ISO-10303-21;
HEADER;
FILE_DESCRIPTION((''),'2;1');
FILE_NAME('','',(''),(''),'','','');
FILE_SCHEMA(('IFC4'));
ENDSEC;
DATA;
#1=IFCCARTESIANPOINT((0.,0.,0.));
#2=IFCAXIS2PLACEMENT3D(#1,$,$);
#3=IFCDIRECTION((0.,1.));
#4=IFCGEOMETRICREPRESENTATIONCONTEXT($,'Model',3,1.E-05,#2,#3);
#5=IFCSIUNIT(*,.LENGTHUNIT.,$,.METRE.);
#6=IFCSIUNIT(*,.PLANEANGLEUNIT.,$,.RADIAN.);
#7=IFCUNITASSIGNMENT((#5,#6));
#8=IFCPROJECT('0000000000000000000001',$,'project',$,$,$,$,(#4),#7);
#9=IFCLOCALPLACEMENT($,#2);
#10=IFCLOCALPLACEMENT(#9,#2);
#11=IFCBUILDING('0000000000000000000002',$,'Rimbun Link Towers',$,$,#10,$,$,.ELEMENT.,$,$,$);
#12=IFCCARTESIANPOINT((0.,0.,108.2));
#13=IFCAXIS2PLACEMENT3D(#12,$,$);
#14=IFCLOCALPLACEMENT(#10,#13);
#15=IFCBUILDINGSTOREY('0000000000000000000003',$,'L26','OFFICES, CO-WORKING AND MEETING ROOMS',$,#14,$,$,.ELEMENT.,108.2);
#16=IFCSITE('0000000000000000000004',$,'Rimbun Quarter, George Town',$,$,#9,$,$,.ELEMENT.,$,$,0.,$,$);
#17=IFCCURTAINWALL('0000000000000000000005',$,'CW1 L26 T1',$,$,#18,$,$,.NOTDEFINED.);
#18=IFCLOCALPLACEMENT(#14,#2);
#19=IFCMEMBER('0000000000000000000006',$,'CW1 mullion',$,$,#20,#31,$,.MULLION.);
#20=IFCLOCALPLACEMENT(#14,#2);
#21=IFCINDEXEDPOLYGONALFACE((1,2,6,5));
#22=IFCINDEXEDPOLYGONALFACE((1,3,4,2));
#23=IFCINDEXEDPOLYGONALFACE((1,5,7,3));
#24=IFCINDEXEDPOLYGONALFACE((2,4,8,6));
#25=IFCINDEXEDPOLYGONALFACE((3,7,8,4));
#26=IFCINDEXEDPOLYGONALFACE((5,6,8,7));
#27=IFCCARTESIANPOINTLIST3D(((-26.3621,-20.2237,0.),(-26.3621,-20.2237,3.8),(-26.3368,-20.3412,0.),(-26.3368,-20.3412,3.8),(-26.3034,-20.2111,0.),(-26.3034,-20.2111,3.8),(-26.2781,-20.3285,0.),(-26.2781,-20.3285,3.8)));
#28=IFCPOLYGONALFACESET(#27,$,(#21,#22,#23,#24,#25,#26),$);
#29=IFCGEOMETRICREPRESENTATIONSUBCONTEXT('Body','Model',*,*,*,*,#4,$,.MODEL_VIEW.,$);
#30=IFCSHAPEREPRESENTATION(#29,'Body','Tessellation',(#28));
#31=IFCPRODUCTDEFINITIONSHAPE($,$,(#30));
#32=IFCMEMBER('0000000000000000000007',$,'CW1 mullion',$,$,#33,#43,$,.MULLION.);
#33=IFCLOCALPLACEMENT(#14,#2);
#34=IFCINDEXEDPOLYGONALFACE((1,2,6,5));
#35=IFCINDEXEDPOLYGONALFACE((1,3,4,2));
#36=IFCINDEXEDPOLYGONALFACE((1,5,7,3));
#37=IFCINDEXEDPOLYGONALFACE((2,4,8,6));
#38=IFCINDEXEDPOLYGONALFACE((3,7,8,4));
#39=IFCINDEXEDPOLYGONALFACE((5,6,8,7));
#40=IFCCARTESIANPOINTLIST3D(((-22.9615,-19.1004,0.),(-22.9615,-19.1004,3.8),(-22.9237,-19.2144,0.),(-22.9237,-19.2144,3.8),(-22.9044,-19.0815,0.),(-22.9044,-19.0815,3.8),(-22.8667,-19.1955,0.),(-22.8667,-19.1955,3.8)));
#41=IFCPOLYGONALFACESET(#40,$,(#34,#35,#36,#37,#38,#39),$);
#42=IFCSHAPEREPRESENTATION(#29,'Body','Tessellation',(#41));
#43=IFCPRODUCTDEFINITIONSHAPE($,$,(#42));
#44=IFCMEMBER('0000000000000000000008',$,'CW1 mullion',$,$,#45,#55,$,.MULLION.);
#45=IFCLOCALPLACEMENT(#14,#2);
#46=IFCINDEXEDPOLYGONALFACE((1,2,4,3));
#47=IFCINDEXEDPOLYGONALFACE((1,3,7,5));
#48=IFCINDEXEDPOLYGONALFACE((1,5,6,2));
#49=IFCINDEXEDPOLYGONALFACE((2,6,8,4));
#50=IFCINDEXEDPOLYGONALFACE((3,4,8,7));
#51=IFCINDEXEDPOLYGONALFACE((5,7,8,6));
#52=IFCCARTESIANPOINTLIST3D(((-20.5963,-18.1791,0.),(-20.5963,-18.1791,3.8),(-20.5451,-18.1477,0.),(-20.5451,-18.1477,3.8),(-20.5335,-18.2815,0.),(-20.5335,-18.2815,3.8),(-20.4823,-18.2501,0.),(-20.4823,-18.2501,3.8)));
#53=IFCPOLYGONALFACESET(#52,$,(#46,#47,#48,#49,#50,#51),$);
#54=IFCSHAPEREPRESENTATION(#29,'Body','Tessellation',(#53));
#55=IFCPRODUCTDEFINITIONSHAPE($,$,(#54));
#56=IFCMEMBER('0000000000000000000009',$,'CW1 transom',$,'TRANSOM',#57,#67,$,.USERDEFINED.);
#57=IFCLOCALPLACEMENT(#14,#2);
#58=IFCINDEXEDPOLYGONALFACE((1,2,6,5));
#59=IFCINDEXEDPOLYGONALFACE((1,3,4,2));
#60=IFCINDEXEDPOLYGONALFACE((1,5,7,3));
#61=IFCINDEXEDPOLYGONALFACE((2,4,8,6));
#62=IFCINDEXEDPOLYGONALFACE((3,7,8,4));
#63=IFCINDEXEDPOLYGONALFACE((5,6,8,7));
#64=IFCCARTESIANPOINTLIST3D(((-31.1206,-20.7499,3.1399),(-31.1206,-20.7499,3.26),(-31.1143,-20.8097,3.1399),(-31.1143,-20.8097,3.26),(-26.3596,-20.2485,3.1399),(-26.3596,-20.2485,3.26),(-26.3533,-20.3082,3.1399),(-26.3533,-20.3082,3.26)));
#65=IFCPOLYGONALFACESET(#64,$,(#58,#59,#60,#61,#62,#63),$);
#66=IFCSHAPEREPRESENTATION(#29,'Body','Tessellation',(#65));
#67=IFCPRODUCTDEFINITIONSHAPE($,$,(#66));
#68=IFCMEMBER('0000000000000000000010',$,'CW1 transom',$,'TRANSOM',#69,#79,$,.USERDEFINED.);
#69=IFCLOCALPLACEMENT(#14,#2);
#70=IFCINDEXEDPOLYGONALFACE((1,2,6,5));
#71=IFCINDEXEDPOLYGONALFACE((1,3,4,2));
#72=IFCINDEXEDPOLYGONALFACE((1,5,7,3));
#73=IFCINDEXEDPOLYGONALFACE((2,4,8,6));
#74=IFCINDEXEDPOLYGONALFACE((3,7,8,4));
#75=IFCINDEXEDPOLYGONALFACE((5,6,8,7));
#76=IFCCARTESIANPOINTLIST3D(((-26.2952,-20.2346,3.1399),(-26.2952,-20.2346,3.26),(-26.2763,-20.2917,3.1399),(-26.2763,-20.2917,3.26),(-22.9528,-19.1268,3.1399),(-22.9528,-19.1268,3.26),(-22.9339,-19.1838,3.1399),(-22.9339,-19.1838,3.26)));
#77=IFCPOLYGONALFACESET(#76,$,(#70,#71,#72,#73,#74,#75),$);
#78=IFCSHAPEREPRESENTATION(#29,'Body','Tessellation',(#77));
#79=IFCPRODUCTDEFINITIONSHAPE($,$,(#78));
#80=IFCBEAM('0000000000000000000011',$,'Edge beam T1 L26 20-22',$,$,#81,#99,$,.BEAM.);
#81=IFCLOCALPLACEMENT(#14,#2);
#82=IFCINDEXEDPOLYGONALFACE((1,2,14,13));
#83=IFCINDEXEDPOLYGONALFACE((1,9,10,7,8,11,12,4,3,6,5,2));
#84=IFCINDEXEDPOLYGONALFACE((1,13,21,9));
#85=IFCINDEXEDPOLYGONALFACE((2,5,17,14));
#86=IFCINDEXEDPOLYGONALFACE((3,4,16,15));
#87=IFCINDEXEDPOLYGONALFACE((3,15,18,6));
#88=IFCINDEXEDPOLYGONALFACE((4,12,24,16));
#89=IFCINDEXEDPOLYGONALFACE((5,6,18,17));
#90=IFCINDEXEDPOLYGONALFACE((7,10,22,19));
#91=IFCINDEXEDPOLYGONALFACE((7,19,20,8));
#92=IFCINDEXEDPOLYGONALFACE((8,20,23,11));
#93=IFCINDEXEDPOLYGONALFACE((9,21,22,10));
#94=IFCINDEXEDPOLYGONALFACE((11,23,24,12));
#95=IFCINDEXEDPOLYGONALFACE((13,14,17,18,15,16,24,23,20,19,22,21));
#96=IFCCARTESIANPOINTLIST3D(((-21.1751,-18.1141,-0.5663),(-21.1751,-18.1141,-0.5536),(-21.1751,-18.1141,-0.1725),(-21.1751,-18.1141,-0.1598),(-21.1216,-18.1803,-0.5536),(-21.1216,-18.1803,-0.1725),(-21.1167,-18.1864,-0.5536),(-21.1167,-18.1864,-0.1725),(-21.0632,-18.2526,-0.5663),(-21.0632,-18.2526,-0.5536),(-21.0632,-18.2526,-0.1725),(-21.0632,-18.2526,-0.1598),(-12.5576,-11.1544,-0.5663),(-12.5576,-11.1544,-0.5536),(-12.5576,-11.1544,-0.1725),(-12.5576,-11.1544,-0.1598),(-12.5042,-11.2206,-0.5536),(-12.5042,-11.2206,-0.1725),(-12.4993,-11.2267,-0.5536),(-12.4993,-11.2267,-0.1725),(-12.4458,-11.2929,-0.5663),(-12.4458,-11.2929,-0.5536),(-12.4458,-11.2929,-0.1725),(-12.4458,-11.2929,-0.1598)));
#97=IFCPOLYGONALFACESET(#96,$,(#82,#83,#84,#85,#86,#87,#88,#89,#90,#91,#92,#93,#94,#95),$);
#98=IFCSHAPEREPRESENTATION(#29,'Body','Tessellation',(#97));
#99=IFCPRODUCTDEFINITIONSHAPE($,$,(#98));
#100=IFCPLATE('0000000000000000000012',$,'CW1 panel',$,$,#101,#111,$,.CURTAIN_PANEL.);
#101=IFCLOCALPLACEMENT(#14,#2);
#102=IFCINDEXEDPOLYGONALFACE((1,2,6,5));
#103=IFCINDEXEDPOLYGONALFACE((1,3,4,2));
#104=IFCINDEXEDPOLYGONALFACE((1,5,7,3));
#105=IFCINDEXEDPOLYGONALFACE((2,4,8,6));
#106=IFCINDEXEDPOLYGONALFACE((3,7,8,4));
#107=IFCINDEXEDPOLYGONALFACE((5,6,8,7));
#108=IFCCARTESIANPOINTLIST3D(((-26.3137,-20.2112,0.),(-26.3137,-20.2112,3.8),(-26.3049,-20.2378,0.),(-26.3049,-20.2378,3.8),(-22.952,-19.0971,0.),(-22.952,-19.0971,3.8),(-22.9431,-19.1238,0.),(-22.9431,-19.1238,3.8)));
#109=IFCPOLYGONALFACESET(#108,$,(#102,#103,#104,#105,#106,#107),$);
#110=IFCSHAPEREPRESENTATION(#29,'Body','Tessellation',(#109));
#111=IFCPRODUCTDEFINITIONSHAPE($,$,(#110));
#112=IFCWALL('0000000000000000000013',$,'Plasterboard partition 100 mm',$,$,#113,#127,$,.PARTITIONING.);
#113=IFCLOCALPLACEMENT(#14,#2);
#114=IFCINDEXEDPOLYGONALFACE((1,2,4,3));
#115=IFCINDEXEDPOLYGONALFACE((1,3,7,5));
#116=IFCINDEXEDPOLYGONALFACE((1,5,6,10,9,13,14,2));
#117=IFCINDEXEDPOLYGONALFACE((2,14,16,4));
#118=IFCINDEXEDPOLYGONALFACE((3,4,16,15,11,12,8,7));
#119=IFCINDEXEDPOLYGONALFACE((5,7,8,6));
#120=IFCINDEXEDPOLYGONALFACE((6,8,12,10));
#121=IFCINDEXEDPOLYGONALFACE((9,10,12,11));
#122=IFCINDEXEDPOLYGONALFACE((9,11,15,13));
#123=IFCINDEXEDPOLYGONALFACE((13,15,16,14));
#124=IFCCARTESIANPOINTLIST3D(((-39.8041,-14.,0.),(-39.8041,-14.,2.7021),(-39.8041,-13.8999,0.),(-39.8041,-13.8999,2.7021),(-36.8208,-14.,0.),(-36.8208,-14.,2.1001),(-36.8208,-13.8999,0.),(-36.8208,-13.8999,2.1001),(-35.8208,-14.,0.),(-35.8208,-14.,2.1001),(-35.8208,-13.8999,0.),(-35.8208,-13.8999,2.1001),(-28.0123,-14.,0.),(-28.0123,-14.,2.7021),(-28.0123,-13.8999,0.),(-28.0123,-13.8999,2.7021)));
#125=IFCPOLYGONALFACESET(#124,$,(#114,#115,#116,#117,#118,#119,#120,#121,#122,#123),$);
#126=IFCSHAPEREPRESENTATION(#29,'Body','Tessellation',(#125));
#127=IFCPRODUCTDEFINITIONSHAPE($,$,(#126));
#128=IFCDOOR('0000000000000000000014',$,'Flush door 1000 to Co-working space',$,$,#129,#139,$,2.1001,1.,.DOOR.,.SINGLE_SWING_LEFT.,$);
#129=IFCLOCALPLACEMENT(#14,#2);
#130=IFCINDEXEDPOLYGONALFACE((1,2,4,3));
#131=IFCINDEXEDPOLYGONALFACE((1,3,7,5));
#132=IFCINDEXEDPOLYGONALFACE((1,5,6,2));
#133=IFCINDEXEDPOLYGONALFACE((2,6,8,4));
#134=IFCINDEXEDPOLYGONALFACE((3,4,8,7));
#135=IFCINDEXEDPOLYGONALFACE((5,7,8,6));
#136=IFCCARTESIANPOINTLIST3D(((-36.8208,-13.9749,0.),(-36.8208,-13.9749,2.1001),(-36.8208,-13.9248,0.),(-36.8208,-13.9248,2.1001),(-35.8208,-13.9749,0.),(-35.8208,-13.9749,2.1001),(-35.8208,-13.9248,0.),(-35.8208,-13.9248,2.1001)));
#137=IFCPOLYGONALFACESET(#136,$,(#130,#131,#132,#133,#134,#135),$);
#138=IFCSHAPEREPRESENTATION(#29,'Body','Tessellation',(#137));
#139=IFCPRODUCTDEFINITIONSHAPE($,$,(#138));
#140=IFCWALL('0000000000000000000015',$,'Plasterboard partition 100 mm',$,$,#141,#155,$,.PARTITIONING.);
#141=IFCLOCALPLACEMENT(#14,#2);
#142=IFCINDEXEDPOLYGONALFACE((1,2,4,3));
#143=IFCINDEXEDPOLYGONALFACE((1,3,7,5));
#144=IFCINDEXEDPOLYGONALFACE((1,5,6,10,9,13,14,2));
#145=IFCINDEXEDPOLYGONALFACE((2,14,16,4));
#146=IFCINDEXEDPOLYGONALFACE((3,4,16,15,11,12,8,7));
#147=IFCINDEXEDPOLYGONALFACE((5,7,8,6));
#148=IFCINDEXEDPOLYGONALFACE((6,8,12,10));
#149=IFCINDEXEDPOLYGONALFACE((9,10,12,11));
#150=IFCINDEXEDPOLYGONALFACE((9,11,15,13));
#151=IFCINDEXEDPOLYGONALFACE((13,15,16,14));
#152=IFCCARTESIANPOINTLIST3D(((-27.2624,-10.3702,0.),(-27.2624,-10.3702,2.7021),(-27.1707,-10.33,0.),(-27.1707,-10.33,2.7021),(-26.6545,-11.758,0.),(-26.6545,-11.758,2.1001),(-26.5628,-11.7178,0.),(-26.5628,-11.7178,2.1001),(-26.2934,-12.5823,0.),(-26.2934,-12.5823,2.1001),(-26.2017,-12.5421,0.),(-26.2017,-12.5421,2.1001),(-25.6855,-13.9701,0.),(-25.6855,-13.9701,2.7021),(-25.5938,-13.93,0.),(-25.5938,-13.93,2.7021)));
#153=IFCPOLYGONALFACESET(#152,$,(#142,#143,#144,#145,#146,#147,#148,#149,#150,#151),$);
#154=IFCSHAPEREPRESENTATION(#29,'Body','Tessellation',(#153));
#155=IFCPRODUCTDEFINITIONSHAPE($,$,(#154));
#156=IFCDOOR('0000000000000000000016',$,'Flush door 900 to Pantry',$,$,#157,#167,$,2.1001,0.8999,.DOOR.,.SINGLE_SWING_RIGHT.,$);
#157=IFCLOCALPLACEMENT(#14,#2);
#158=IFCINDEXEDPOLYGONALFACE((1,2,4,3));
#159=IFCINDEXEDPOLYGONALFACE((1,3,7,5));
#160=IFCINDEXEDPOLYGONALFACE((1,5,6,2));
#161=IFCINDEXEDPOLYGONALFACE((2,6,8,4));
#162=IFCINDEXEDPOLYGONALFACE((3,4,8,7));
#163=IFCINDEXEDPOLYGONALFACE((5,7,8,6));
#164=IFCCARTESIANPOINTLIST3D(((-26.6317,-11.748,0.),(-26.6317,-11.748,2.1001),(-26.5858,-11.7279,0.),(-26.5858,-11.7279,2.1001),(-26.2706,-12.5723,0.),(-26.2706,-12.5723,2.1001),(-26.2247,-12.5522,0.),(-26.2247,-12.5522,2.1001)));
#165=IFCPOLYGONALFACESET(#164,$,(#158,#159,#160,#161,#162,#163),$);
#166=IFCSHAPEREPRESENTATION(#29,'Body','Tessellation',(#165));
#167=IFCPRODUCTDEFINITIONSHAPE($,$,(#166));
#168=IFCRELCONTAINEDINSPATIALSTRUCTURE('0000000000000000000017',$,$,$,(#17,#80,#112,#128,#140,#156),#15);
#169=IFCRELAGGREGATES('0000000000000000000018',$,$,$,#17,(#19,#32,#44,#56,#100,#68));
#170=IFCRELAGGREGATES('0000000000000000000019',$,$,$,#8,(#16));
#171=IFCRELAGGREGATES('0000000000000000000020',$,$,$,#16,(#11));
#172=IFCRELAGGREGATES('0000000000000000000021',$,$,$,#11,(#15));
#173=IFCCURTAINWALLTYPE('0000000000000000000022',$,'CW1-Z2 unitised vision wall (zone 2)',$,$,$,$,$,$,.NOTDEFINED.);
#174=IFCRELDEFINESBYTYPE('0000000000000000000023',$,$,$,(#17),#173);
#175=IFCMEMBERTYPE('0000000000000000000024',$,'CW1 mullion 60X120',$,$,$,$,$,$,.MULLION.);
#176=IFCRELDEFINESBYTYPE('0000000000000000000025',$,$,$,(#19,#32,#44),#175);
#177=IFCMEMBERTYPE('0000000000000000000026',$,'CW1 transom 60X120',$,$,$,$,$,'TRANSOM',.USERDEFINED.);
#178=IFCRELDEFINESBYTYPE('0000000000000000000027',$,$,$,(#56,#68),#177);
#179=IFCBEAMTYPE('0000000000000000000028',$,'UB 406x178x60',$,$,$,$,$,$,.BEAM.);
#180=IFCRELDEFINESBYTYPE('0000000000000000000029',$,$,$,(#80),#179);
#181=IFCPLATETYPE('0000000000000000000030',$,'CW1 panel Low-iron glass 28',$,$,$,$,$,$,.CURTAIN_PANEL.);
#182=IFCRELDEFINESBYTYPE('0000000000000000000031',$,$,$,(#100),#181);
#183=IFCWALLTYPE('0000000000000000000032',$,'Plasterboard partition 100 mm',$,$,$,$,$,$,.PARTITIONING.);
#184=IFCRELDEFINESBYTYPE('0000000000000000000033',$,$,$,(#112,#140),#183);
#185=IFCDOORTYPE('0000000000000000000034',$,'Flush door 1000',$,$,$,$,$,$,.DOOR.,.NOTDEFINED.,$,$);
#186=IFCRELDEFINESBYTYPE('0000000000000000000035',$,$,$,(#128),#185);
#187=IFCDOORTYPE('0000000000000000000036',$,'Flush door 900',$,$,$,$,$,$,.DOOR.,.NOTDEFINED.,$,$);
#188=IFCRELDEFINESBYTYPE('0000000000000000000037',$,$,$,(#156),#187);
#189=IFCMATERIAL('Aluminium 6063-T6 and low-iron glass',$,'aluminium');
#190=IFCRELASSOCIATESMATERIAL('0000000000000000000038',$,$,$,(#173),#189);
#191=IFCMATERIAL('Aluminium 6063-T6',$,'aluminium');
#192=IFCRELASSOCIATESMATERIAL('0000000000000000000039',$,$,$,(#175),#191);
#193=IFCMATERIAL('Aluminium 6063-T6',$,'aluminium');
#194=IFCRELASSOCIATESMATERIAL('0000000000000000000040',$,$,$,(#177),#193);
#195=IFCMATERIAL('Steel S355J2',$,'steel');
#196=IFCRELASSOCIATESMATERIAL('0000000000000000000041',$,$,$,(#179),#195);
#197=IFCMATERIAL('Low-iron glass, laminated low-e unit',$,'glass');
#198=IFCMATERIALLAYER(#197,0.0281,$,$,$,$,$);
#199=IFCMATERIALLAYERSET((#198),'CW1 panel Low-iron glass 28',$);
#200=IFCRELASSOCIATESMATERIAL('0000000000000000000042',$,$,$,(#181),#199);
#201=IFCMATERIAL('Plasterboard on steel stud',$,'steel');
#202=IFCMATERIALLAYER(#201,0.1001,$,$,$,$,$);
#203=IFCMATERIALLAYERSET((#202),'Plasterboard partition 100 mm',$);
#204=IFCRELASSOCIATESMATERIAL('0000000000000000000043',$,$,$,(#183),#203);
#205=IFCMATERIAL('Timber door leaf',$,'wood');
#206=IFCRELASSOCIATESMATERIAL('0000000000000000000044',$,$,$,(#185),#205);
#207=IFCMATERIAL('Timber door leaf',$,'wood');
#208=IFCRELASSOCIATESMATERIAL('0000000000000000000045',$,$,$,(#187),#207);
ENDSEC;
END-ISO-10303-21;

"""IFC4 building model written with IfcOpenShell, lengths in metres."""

from ifc_helpers import new_model, si_unit, direction, frame, frame_2d, origin, origin_2d, place, context, subcontext, project, spatial, rectangle, i_section, extrude, material, layer, layer_set, material_profile, profile_set, type_object, element, fill, aggregate, save


model = new_model("IFC4")

# Units and contexts
model_context = context("Model", 3, precision=1e-05, world=origin(), true_north=direction((0.0, 1.0)))
body_context = subcontext(model_context, "Body", "Model", "MODEL_VIEW")
ifc_project = project(units=[si_unit("LENGTHUNIT", "METRE"), si_unit("PLANEANGLEUNIT", "RADIAN")], contexts=[model_context])

# Site, building, storey
site_placement = place(None, origin())
site = spatial("IfcSite", under=ifc_project, at=site_placement, Name="Rimbun Quarter, George Town", CompositionType="ELEMENT", RefElevation=0.0)
building_placement = place(site_placement, origin())
building = spatial("IfcBuilding", under=site, at=building_placement, Name="Rimbun Link Towers", CompositionType="ELEMENT")
storey_placement = place(building_placement, frame((0.0, 0.0, 108.2)))
storey = spatial("IfcBuildingStorey", under=building, at=storey_placement, Name="L26", Description="OFFICES, CO-WORKING AND MEETING ROOMS", CompositionType="ELEMENT", Elevation=108.2)

# Curtain wall, members
ifc_material_1 = material(Name="Aluminium 6063-T6 and low-iron glass", Category="aluminium")
curtain_wall_type = type_object("IfcCurtainWallType", Name="CW1-Z2 unitised vision wall (zone 2)", PredefinedType="NOTDEFINED", material=ifc_material_1)
curtain_wall_placement = place(storey_placement, origin())
curtain_wall = element("IfcCurtainWall", 1, at=curtain_wall_placement, inside=storey, type_object=curtain_wall_type, Name="CW1 L26 T1", PredefinedType="NOTDEFINED")
ifc_material_2 = material(Name="Aluminium 6063-T6", Category="aluminium")
ifc_material_profile_1 = material_profile(ifc_material_2, rectangle(XDim=0.1201, YDim=0.0601, at=origin_2d()), Name="MULLION 60X120")
ifc_profile_set_1 = profile_set([ifc_material_profile_1], Name="Aluminium 6063-T6")
member_type_1 = type_object("IfcMemberType", Name="CW1 mullion 60X120", PredefinedType="MULLION", material=ifc_profile_set_1)
member_1_placement = place(storey_placement, frame((-26.3201, -20.2761, 0.0), z_axis=(0.0, 0.0, 1.0), x_axis=(0.210865, -0.977515, 0.0)))
member_1 = element("IfcMember", 2, at=member_1_placement, type_object=member_type_1, Name="CW1 mullion", PredefinedType="MULLION", context=body_context, shape_type="SweptSolid", body=[
    extrude(rectangle(XDim=0.1201, YDim=0.0601, at=origin_2d()), origin(), (0.0, 0.0, 1.0), 3.8),
])
member_2_placement = place(storey_placement, frame((-22.9141, -19.1479, 0.0), z_axis=(0.0, 0.0, 1.0), x_axis=(0.314562, -0.949237, 0.0)))
member_2 = element("IfcMember", 3, at=member_2_placement, type_object=member_type_1, Name="CW1 mullion", PredefinedType="MULLION", context=body_context, shape_type="SweptSolid", body=[
    extrude(rectangle(XDim=0.1201, YDim=0.0601, at=origin_2d()), origin(), (0.0, 0.0, 1.0), 3.8),
])
member_3_placement = place(storey_placement, frame((-20.5393, -18.2146, 0.0), z_axis=(0.0, 0.0, 1.0), x_axis=(0.523241, -0.852185, 0.0)))
member_3 = element("IfcMember", 4, at=member_3_placement, type_object=member_type_1, Name="CW1 mullion", PredefinedType="MULLION", context=body_context, shape_type="SweptSolid", body=[
    extrude(rectangle(XDim=0.1201, YDim=0.0601, at=origin_2d()), origin(), (0.0, 0.0, 1.0), 3.8),
])
ifc_material_3 = material(Name="Aluminium 6063-T6", Category="aluminium")
ifc_material_profile_2 = material_profile(ifc_material_3, rectangle(XDim=0.0601, YDim=0.1201, at=origin_2d()), Name="TRANSOM 60X120")
ifc_profile_set_2 = profile_set([ifc_material_profile_2], Name="Aluminium 6063-T6")
member_type_2 = type_object("IfcMemberType", Name="CW1 transom 60X120", ElementType="TRANSOM", PredefinedType="USERDEFINED", material=ifc_profile_set_2)
member_4_placement = place(storey_placement, frame((-26.3564, -20.2783, 3.2), z_axis=(-0.994499, -0.104748, 0.0), x_axis=(0.104748, -0.994499, 0.0)))
member_4 = element("IfcMember", 5, at=member_4_placement, type_object=member_type_2, Name="CW1 transom", ObjectType="TRANSOM", PredefinedType="USERDEFINED", context=body_context, shape_type="SweptSolid", body=[
    extrude(rectangle(XDim=0.0601, YDim=0.1201, at=origin_2d()), origin(), (0.0, 0.0, 1.0), 4.7874),
])
member_5_placement = place(storey_placement, frame((-22.9434, -19.1553, 3.2), z_axis=(-0.949216, -0.314626, 0.0), x_axis=(0.314626, -0.949216, 0.0)))
member_5 = element("IfcMember", 6, at=member_5_placement, type_object=member_type_2, Name="CW1 transom", ObjectType="TRANSOM", PredefinedType="USERDEFINED", context=body_context, shape_type="SweptSolid", body=[
    extrude(rectangle(XDim=0.0601, YDim=0.1201, at=origin_2d()), origin(), (0.0, 0.0, 1.0), 3.5212),
])

# Beam
ifc_material_4 = material(Name="Steel S355J2", Category="steel")
ifc_material_profile_3 = material_profile(ifc_material_4, i_section(OverallWidth=0.178, OverallDepth=0.4065, WebThickness=0.0078, FlangeThickness=0.0127, at=origin_2d()), Name="UB 406x178x60")
ifc_profile_set_3 = profile_set([ifc_material_profile_3], Name="Steel S355J2")
beam_type = type_object("IfcBeamType", Name="UB 406x178x60", PredefinedType="BEAM", material=ifc_profile_set_3)
beam_placement = place(storey_placement, frame((-21.1191, -18.1833, -0.363), z_axis=(0.777964, 0.628309, 0.0), x_axis=(-0.628309, 0.777964, 0.0)))
element("IfcBeam", 7, at=beam_placement, inside=storey, type_object=beam_type, Name="Edge beam T1 L26 20-22", PredefinedType="BEAM", context=body_context, shape_type="SweptSolid", body=[
    extrude(i_section(OverallWidth=0.178, OverallDepth=0.4065, WebThickness=0.0078, FlangeThickness=0.0127, at=origin_2d()), origin(), (0.0, 0.0, 1.0), 11.0769),
])

# Plate
ifc_material_5 = material(Name="Low-iron glass, laminated low-e unit", Category="glass")
ifc_layer_1 = layer(ifc_material_5, 0.0281)
ifc_layer_set_1 = layer_set([ifc_layer_1], Name="CW1 panel Low-iron glass 28")
plate_type = type_object("IfcPlateType", Name="CW1 panel Low-iron glass 28", PredefinedType="CURTAIN_PANEL", material=ifc_layer_set_1)
plate_placement = place(storey_placement, frame((-24.6284, -19.6675, 0.0), z_axis=(0.0, 0.0, 1.0), x_axis=(-0.949237, -0.314562, 0.0)))
plate = element("IfcPlate", 8, at=plate_placement, type_object=plate_type, Name="CW1 panel", PredefinedType="CURTAIN_PANEL", context=body_context, shape_type="SweptSolid", body=[
    extrude(rectangle(XDim=3.5415, YDim=0.0281, at=origin_2d()), origin(), (0.0, 0.0, 1.0), 3.8),
])
aggregate(curtain_wall, [member_1, member_2, member_3, member_4, plate, member_5])

# Walls, openings, doors
ifc_material_6 = material(Name="Plasterboard on steel stud", Category="steel")
ifc_layer_2 = layer(ifc_material_6, 0.1001)
ifc_layer_set_2 = layer_set([ifc_layer_2], Name="Plasterboard partition 100 mm")
wall_type = type_object("IfcWallType", Name="Plasterboard partition 100 mm", PredefinedType="PARTITIONING", material=ifc_layer_set_2)
wall_1_placement = place(storey_placement, frame((-28.0122, -13.95, 0.0), z_axis=(0.0, 0.0, 1.0), x_axis=(-1.0, 0.0, 0.0)))
wall_1 = element("IfcWall", 9, at=wall_1_placement, inside=storey, type_object=wall_type, Name="Plasterboard partition 100 mm", PredefinedType="PARTITIONING", context=body_context, shape_type="SweptSolid", body=[
    extrude(rectangle(XDim=11.7917, YDim=0.1001, at=frame_2d((5.896, 0.0))), origin(), (0.0, 0.0, 1.0), 2.7021),
])
opening_1_placement = place(wall_1_placement, frame((7.8086, 0.0, 0.0)))
opening_1 = element("IfcOpeningElement", 10, at=opening_1_placement, cuts=wall_1, PredefinedType="OPENING", context=body_context, shape_type="SweptSolid", body=[
    extrude(rectangle(XDim=1.0, YDim=2.1001, at=frame_2d((0.5, 1.05))), frame((0.0, 0.0601, 0.0), z_axis=(0.0, -1.0, 0.0), x_axis=(1.0, 0.0, 0.0)), (0.0, 0.0, 1.0), 0.1201),
])
ifc_material_7 = material(Name="Timber door leaf", Category="wood")
door_type_1 = type_object("IfcDoorType", Name="Flush door 1000", OperationType="NOTDEFINED", PredefinedType="DOOR", material=ifc_material_7)
door_1_placement = place(opening_1_placement, origin())
door_1 = element("IfcDoor", 11, at=door_1_placement, inside=storey, type_object=door_type_1, Name="Flush door 1000 to Co-working space", OperationType="SINGLE_SWING_LEFT", OverallHeight=2.1001, OverallWidth=1.0, PredefinedType="DOOR", context=body_context, shape_type="SweptSolid", body=[
    extrude(rectangle(XDim=1.0, YDim=2.1001, at=frame_2d((0.5, 1.05))), frame((0.0, 0.0249, 0.0), z_axis=(0.0, -1.0, 0.0), x_axis=(1.0, 0.0, 0.0)), (0.0, 0.0, 1.0), 0.05),
])
fill(opening_1, door_1)
wall_2_placement = place(storey_placement, frame((-27.2166, -10.3501, 0.0), z_axis=(0.0, 0.0, 1.0), x_axis=(0.401239, -0.915973, 0.0)))
wall_2 = element("IfcWall", 12, at=wall_2_placement, inside=storey, type_object=wall_type, Name="Plasterboard partition 100 mm", PredefinedType="PARTITIONING", context=body_context, shape_type="SweptSolid", body=[
    extrude(rectangle(XDim=3.9302, YDim=0.1001, at=frame_2d((1.9651, 0.0))), origin(), (0.0, 0.0, 1.0), 2.7021),
])
opening_2_placement = place(wall_2_placement, frame((1.5151, 0.0, 0.0)))
opening_2 = element("IfcOpeningElement", 13, at=opening_2_placement, cuts=wall_2, PredefinedType="OPENING", context=body_context, shape_type="SweptSolid", body=[
    extrude(rectangle(XDim=0.8999, YDim=2.1001, at=frame_2d((0.45, 1.05))), frame((0.0, 0.0601, 0.0), z_axis=(0.0, -1.0, 0.0), x_axis=(1.0, 0.0, 0.0)), (0.0, 0.0, 1.0), 0.1201),
])
ifc_material_8 = material(Name="Timber door leaf", Category="wood")
door_type_2 = type_object("IfcDoorType", Name="Flush door 900", OperationType="NOTDEFINED", PredefinedType="DOOR", material=ifc_material_8)
door_2_placement = place(opening_2_placement, origin())
door_2 = element("IfcDoor", 14, at=door_2_placement, inside=storey, type_object=door_type_2, Name="Flush door 900 to Pantry", OperationType="SINGLE_SWING_RIGHT", OverallHeight=2.1001, OverallWidth=0.8999, PredefinedType="DOOR", context=body_context, shape_type="SweptSolid", body=[
    extrude(rectangle(XDim=0.8999, YDim=2.1001, at=frame_2d((0.45, 1.05))), frame((0.0, 0.0249, 0.0), z_axis=(0.0, -1.0, 0.0), x_axis=(1.0, 0.0, 0.0)), (0.0, 0.0, 1.0), 0.05),
])
fill(opening_2, door_2)

save(model, "model.ifc")
